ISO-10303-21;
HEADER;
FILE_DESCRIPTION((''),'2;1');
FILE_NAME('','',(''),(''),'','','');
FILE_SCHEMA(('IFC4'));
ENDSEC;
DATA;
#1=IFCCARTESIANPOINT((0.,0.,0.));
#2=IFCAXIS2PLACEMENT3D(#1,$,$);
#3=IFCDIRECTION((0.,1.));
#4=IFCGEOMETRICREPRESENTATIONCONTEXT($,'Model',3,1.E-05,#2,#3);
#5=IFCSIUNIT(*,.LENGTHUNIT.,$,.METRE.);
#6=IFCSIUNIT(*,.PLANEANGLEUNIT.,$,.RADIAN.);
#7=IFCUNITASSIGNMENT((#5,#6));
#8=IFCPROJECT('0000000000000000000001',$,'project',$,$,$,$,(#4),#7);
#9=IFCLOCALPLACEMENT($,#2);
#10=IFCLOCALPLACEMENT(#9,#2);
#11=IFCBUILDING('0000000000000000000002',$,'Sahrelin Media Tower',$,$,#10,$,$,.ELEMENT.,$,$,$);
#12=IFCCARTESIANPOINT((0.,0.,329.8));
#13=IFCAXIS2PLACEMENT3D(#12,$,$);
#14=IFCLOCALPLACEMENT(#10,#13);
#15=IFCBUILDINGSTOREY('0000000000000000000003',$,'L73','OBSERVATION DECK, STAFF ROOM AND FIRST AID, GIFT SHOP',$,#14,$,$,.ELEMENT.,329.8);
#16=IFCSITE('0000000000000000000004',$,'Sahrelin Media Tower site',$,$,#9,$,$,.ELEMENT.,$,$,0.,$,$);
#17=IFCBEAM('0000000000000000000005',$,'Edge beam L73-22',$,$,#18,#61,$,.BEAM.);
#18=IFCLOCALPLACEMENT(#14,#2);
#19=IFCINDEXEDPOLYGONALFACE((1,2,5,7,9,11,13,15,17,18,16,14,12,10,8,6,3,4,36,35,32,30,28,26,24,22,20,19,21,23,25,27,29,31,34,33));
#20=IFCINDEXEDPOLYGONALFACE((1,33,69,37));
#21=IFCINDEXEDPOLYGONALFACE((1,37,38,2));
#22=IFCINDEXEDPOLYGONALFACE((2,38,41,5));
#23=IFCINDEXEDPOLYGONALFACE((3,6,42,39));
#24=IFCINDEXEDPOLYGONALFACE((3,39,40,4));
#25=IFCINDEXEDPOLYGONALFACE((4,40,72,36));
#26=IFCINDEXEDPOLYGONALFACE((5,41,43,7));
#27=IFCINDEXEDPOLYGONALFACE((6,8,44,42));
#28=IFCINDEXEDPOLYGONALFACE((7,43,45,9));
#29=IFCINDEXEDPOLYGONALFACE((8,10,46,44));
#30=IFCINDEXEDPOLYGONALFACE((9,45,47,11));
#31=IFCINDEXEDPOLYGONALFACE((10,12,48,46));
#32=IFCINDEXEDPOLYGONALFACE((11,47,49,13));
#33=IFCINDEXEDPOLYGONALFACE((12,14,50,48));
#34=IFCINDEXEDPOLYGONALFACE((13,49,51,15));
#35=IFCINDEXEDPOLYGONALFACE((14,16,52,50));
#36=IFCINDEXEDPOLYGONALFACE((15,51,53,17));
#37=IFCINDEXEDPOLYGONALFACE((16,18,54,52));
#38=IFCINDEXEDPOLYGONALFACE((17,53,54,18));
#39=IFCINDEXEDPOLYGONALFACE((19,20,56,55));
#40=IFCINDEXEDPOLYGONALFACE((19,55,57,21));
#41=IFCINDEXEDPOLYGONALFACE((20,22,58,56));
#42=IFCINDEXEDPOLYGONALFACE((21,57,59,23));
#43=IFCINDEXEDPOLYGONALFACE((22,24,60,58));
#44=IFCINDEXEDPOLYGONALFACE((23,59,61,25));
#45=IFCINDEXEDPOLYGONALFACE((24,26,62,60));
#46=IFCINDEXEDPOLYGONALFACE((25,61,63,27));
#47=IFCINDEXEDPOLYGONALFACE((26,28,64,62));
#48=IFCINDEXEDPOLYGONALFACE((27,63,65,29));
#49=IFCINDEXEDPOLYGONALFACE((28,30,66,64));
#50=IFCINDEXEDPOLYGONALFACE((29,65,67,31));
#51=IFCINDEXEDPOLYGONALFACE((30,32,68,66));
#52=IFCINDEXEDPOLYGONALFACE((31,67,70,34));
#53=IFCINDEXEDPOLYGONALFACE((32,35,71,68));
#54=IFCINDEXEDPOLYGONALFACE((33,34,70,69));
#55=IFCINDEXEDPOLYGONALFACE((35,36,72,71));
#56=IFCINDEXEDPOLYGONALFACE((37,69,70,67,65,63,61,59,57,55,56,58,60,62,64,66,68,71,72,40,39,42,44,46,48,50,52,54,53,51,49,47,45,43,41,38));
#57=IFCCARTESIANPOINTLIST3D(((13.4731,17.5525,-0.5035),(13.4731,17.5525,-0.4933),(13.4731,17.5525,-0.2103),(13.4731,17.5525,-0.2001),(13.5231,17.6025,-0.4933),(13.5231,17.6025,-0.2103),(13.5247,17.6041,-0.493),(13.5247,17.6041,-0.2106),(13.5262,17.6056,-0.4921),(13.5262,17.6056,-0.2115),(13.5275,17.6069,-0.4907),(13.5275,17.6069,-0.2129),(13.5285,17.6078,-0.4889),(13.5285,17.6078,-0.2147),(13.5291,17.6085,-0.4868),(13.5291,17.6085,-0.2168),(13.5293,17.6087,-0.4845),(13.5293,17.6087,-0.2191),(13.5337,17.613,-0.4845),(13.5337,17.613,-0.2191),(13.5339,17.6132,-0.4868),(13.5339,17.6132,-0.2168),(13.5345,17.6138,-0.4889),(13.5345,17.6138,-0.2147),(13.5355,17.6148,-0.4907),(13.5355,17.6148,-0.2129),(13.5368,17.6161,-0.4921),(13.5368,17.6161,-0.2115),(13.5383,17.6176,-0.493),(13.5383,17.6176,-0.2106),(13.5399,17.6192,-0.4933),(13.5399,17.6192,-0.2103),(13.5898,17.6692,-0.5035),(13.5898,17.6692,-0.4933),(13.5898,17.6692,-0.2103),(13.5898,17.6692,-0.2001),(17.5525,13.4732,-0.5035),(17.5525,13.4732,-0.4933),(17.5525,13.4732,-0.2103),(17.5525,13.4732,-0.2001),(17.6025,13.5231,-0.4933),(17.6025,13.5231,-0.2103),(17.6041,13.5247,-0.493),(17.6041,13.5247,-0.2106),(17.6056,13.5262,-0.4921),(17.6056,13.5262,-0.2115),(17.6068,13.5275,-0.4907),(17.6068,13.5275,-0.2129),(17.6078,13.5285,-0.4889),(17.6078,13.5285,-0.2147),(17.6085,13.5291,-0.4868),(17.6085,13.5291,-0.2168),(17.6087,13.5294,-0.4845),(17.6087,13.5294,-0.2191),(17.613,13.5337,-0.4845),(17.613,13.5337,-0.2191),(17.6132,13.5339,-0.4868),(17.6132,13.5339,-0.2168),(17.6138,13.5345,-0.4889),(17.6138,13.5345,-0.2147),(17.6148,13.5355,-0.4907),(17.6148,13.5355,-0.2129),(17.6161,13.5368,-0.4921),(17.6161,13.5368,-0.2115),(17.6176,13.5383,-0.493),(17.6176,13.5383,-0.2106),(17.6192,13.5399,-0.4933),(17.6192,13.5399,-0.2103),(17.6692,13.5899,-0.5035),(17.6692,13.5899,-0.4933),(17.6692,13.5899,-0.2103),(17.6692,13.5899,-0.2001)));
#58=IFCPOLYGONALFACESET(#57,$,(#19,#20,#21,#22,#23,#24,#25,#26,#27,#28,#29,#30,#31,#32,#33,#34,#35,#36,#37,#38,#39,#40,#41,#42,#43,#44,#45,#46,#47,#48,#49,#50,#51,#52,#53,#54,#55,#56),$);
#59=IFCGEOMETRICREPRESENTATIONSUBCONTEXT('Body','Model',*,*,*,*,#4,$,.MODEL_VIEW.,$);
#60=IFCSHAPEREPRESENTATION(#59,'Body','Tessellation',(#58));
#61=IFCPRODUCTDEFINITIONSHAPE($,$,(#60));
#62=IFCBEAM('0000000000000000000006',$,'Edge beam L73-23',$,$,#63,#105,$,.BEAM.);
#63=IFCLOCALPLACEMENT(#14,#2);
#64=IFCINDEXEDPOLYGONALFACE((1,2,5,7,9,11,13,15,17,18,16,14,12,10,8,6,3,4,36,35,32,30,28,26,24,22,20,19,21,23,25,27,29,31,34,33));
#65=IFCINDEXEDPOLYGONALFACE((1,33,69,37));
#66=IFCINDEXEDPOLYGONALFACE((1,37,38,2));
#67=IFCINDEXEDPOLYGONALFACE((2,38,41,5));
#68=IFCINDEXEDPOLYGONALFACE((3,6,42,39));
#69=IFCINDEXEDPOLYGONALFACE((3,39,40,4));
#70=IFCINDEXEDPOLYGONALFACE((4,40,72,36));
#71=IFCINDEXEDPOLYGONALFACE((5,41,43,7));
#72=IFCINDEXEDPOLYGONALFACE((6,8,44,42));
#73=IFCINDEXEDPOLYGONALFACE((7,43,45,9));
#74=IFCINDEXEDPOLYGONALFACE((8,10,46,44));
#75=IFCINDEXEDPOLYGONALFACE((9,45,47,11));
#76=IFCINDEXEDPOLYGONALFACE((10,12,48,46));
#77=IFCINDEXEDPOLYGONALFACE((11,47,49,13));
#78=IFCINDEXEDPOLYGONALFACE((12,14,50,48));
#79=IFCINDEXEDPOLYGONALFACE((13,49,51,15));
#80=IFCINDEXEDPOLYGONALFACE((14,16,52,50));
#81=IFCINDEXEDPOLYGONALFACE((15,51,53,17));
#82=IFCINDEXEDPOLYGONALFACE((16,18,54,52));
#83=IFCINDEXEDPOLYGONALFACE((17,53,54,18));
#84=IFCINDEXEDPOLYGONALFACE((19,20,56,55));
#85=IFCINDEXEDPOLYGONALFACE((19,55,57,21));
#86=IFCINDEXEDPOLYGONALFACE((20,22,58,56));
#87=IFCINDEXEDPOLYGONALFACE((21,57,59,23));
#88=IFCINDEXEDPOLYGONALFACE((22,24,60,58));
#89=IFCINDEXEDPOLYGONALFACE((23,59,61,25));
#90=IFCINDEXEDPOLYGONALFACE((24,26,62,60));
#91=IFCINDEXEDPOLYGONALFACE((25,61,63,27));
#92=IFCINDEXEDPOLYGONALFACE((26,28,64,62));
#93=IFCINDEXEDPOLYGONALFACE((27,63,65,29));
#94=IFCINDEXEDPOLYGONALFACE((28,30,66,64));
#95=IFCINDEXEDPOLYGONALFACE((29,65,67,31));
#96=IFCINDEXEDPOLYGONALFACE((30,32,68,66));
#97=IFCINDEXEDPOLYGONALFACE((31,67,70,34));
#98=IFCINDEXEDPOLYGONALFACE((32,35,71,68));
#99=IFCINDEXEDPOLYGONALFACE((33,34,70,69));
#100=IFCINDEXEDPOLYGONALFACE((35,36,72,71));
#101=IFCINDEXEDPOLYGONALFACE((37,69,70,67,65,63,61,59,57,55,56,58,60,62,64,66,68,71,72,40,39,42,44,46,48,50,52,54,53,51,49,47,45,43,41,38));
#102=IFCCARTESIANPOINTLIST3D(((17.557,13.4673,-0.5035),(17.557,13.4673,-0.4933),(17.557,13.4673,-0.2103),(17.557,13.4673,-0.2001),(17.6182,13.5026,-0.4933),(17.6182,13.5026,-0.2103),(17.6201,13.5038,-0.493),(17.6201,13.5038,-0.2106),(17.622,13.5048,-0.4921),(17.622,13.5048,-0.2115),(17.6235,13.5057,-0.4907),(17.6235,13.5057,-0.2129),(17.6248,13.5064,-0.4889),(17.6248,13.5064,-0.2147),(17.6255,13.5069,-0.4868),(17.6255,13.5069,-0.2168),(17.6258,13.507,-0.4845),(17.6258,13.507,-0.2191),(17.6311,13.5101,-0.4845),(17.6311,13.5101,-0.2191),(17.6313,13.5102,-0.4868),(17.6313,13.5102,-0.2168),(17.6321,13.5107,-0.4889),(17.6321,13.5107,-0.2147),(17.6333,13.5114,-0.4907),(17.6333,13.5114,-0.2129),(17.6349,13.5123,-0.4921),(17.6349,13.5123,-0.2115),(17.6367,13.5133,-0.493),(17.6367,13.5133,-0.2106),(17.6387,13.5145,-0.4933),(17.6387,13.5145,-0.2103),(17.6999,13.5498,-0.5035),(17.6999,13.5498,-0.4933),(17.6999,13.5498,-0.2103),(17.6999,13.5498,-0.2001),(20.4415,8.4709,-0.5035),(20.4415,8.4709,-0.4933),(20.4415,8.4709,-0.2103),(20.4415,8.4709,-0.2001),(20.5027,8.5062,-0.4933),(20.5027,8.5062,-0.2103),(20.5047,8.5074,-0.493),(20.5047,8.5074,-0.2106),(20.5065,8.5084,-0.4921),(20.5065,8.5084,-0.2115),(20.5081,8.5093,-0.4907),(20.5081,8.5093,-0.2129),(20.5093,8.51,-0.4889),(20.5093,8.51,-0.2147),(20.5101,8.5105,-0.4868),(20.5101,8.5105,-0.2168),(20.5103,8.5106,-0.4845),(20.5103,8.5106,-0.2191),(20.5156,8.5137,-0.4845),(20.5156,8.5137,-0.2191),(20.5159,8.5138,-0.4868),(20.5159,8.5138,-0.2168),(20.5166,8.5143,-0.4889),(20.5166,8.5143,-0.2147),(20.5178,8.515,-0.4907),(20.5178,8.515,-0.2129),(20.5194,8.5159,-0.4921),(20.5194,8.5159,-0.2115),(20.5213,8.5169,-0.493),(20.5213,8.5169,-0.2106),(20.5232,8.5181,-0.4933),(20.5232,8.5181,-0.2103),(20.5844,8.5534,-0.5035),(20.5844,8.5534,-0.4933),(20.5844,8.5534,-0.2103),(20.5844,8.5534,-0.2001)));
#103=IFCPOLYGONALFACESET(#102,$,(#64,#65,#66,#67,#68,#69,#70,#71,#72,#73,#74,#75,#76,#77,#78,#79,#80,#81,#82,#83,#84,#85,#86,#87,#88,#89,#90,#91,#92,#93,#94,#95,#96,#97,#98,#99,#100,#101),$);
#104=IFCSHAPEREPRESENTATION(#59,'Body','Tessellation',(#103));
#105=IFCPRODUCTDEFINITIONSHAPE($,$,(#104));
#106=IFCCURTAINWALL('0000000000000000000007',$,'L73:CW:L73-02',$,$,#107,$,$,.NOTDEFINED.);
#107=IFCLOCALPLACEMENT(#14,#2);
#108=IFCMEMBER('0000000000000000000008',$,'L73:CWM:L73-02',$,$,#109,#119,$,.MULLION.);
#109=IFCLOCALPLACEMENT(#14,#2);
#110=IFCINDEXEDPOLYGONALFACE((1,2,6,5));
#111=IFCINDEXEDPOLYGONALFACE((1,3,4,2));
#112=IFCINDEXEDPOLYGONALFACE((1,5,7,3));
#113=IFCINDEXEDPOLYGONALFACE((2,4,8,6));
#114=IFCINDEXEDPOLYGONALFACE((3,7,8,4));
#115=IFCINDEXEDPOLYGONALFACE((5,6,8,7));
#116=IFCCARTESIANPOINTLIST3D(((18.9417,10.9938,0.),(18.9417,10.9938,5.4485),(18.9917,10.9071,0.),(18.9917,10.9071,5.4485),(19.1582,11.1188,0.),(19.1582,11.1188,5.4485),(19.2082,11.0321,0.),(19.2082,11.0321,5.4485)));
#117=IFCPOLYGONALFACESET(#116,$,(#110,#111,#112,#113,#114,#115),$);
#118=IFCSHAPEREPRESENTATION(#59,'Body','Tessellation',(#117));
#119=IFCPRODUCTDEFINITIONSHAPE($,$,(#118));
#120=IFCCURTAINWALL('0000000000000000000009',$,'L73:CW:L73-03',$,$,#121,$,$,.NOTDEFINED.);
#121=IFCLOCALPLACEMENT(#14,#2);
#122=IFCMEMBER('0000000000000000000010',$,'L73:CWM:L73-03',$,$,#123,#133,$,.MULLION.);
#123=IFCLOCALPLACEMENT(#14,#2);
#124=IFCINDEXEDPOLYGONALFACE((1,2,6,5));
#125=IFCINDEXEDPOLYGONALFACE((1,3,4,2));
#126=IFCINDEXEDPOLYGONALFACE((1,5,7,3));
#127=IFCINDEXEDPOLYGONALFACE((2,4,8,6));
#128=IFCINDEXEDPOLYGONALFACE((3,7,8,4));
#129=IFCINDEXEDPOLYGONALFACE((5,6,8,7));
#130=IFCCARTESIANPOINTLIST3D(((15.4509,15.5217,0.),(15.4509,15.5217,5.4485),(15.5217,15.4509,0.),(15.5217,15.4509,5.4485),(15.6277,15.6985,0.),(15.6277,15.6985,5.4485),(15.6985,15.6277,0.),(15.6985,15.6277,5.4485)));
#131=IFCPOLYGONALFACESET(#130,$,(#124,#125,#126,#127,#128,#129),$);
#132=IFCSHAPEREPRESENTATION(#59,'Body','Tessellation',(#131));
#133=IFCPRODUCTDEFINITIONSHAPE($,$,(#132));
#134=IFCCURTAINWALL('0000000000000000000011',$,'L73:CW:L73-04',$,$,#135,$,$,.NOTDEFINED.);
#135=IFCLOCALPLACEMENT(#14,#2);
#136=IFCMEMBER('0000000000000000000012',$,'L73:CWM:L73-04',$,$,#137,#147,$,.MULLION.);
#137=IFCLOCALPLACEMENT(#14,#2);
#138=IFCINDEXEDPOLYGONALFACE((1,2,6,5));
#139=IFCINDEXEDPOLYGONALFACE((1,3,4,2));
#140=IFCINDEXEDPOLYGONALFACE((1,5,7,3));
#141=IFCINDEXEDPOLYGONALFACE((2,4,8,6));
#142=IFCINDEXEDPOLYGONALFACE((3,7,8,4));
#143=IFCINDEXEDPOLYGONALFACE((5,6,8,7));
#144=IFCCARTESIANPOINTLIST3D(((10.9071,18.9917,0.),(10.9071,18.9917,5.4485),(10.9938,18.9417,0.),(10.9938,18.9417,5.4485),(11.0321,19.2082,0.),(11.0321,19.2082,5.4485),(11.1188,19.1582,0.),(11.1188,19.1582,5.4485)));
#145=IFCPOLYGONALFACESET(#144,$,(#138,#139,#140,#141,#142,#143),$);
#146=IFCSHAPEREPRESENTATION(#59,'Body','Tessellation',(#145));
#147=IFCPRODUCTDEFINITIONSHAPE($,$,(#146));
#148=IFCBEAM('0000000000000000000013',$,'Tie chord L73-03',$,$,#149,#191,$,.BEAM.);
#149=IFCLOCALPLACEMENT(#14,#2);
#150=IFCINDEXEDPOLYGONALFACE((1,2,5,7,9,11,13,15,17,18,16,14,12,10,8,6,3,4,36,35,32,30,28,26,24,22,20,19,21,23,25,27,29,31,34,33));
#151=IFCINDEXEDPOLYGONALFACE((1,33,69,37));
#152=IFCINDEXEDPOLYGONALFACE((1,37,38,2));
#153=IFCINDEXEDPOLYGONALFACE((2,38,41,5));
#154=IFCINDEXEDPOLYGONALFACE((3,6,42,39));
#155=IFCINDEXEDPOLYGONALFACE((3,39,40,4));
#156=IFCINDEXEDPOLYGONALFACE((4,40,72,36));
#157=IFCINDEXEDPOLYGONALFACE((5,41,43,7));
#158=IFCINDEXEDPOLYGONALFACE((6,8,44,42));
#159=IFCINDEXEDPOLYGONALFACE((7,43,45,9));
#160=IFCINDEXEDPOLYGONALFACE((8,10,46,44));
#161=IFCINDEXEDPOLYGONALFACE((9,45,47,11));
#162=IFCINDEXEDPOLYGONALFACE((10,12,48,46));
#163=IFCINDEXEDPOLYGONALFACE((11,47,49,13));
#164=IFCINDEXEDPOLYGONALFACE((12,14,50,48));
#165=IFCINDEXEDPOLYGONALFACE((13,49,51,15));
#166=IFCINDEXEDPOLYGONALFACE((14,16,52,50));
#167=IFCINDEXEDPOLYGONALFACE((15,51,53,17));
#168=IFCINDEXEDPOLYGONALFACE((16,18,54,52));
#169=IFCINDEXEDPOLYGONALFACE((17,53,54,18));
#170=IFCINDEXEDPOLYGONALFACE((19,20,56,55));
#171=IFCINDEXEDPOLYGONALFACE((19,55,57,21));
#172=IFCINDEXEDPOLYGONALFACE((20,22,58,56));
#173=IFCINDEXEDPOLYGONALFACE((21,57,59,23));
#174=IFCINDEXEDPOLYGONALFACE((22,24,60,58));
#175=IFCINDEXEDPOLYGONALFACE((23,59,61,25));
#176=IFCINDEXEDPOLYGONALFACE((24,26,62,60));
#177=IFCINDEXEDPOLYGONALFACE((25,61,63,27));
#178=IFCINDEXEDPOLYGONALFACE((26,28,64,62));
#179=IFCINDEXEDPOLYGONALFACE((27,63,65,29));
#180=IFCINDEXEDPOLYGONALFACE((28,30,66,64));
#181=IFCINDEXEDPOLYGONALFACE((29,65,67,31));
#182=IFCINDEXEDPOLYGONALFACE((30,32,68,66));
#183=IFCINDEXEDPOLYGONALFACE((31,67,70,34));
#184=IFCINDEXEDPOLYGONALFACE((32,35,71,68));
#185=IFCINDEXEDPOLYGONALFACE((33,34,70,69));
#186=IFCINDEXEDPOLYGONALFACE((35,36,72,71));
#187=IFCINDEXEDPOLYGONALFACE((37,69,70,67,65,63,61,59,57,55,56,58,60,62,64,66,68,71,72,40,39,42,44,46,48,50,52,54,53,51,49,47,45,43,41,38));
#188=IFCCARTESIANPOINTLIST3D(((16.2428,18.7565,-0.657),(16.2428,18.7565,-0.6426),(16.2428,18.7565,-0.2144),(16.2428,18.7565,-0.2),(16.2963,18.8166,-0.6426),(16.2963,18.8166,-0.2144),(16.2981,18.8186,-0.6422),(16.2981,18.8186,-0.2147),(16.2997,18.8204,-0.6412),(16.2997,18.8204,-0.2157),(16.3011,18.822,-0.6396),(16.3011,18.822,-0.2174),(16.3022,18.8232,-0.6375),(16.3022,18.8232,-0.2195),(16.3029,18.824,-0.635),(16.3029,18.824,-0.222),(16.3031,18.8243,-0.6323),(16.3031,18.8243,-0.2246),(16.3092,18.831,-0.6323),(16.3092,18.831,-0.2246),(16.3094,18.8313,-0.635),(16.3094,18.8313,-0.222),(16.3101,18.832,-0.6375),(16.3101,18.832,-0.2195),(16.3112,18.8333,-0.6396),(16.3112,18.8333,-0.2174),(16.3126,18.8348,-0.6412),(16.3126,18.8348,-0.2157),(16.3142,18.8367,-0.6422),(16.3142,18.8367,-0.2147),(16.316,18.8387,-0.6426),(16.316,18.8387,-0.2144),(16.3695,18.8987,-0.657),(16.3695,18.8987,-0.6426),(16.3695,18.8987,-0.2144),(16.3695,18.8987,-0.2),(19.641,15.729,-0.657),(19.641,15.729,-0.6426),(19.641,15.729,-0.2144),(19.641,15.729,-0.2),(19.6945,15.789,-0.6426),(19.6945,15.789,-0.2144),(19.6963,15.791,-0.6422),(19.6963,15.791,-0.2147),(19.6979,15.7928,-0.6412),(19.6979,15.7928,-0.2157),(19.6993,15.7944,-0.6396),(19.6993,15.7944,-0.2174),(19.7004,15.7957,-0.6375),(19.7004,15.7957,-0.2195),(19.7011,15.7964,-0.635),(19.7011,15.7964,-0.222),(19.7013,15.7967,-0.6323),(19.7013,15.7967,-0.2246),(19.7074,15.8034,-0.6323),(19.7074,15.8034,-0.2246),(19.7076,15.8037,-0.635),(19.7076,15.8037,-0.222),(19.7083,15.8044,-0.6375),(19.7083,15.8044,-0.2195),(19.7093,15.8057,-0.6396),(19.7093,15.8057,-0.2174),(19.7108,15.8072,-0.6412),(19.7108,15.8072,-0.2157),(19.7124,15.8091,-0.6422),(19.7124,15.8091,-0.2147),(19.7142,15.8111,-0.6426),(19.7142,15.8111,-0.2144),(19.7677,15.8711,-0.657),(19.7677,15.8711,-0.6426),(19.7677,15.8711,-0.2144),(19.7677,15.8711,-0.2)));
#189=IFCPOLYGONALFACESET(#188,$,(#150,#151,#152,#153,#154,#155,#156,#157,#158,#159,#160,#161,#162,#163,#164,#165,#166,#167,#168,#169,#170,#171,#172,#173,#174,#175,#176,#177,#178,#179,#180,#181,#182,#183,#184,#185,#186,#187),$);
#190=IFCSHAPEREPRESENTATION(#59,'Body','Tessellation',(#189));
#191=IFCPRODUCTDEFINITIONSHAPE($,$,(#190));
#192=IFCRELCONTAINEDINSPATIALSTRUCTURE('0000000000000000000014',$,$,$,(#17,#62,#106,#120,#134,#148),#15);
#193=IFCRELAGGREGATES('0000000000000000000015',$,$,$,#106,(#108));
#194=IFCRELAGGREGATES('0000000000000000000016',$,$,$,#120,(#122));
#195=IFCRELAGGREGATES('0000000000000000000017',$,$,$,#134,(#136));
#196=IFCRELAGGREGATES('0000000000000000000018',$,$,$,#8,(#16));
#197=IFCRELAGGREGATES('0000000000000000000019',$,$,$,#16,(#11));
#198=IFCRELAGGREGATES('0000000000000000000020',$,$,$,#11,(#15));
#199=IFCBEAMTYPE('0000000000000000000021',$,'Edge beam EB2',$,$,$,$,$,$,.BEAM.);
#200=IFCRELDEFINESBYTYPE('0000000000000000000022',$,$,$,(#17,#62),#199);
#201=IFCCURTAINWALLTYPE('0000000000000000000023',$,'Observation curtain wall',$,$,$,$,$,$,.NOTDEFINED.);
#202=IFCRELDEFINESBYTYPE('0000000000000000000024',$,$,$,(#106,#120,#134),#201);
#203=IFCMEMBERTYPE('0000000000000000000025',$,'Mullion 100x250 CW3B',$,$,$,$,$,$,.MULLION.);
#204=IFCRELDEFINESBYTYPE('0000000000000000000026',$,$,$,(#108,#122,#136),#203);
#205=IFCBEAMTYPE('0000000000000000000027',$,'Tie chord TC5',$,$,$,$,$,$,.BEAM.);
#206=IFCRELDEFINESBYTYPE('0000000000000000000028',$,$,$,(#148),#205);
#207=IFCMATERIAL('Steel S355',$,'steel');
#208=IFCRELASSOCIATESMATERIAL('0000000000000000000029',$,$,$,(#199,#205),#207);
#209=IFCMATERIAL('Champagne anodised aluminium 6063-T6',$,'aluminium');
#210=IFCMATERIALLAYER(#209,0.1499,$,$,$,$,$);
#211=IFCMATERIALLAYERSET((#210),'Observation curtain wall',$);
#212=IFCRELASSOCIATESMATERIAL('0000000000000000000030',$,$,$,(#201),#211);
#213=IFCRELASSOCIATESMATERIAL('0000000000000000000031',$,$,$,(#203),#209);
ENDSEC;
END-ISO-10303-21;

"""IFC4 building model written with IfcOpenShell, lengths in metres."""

from ifc_helpers import new_model, si_unit, direction, frame, origin, origin_2d, place, context, subcontext, project, spatial, rectangle, i_section, extrude, material, layer, layer_set, material_profile, profile_set, type_object, element, aggregate, save


model = new_model("IFC4")

# Units and contexts
model_context = context("Model", 3, precision=1e-05, world=origin(), true_north=direction((0.0, 1.0)))
body_context = subcontext(model_context, "Body", "Model", "MODEL_VIEW")
ifc_project = project(units=[si_unit("LENGTHUNIT", "METRE"), si_unit("PLANEANGLEUNIT", "RADIAN")], contexts=[model_context])

# Site, building, storey
site_placement = place(None, origin())
site = spatial("IfcSite", under=ifc_project, at=site_placement, Name="Sahrelin Media Tower site", CompositionType="ELEMENT", RefElevation=0.0)
building_placement = place(site_placement, origin())
building = spatial("IfcBuilding", under=site, at=building_placement, Name="Sahrelin Media Tower", CompositionType="ELEMENT")
storey_placement = place(building_placement, frame((0.0, 0.0, 329.8)))
storey = spatial("IfcBuildingStorey", under=building, at=storey_placement, Name="L73", Description="OBSERVATION DECK, STAFF ROOM AND FIRST AID, GIFT SHOP", CompositionType="ELEMENT", Elevation=329.8)

# Beams
ifc_material_1 = material(Name="Steel S355", Category="steel")
ifc_material_profile_1 = material_profile(ifc_material_1, i_section(OverallWidth=0.165, OverallDepth=0.3035, WebThickness=0.0061, FlangeThickness=0.0103, FilletRadius=0.0088, at=origin_2d()), Name="UB 305x165x40")
ifc_profile_set_1 = profile_set([ifc_material_profile_1], Name="Steel S355")
beam_type_1 = type_object("IfcBeamType", Name="Edge beam EB2", PredefinedType="BEAM", material=ifc_profile_set_1)
beam_1_placement = place(storey_placement, frame((13.5315, 17.6108, -0.3518), z_axis=(0.707107, -0.707107, 0.0), x_axis=(0.707107, 0.707107, 0.0)))
element("IfcBeam", 1, at=beam_1_placement, inside=storey, type_object=beam_type_1, Name="Edge beam L73-22", PredefinedType="BEAM", context=body_context, shape_type="SweptSolid", body=[
    extrude(i_section(OverallWidth=0.165, OverallDepth=0.3035, WebThickness=0.0061, FlangeThickness=0.0103, FilletRadius=0.0088, at=origin_2d()), origin(), (0.0, 0.0, 1.0), 5.769),
])
beam_2_placement = place(storey_placement, frame((17.6284, 13.5085, -0.3518), z_axis=(0.499985, -0.866034, 0.0), x_axis=(0.866034, 0.499985, 0.0)))
element("IfcBeam", 2, at=beam_2_placement, inside=storey, type_object=beam_type_1, Name="Edge beam L73-23", PredefinedType="BEAM", context=body_context, shape_type="SweptSolid", body=[
    extrude(i_section(OverallWidth=0.165, OverallDepth=0.3035, WebThickness=0.0061, FlangeThickness=0.0103, FilletRadius=0.0088, at=origin_2d()), origin(), (0.0, 0.0, 1.0), 5.7693),
])

# Curtain walls, members
ifc_material_2 = material(Name="Champagne anodised aluminium 6063-T6", Category="aluminium")
ifc_layer_1 = layer(ifc_material_2, 0.1499)
ifc_layer_set_1 = layer_set([ifc_layer_1], Name="Observation curtain wall")
curtain_wall_type = type_object("IfcCurtainWallType", Name="Observation curtain wall", PredefinedType="NOTDEFINED", material=ifc_layer_set_1)
curtain_wall_1_placement = place(storey_placement, frame((19.2004, 11.0854, 0.0), z_axis=(0.0, 0.0, 1.0), x_axis=(1.0, 0.0, 0.0)))
curtain_wall_1 = element("IfcCurtainWall", 3, at=curtain_wall_1_placement, inside=storey, type_object=curtain_wall_type, Name="L73:CW:L73-02", PredefinedType="NOTDEFINED")
ifc_material_profile_2 = material_profile(ifc_material_2, rectangle(XDim=0.1001, YDim=0.25, at=origin_2d()), Name="Mullion 100x250")
ifc_profile_set_2 = profile_set([ifc_material_profile_2], Name="Champagne anodised aluminium 6063-T6")
member_type_1 = type_object("IfcMemberType", Name="Mullion 100x250 CW3B", PredefinedType="MULLION", material=ifc_profile_set_2)
member_1_placement = place(storey_placement, frame((19.075, 11.0129, 0.0), z_axis=(0.0, 0.0, 1.0), x_axis=(-0.499994, 0.866029, 0.0)))
member_1 = element("IfcMember", 4, at=member_1_placement, type_object=member_type_1, Name="L73:CWM:L73-02", PredefinedType="MULLION", context=body_context, shape_type="SweptSolid", body=[
    extrude(rectangle(XDim=0.1001, YDim=0.25, at=origin_2d()), origin(), (0.0, 0.0, 1.0), 5.4485),
])
curtain_wall_2_placement = place(storey_placement, frame((15.6772, 15.6772, 0.0), z_axis=(0.0, 0.0, 1.0), x_axis=(1.0, 0.0, 0.0)))
curtain_wall_2 = element("IfcCurtainWall", 5, at=curtain_wall_2_placement, inside=storey, type_object=curtain_wall_type, Name="L73:CW:L73-03", PredefinedType="NOTDEFINED")
member_2_placement = place(storey_placement, frame((15.5747, 15.5747, 0.0), z_axis=(0.0, 0.0, 1.0), x_axis=(-0.707107, 0.707107, 0.0)))
member_2 = element("IfcMember", 6, at=member_2_placement, type_object=member_type_1, Name="L73:CWM:L73-03", PredefinedType="MULLION", context=body_context, shape_type="SweptSolid", body=[
    extrude(rectangle(XDim=0.1001, YDim=0.25, at=origin_2d()), origin(), (0.0, 0.0, 1.0), 5.4485),
])
curtain_wall_3_placement = place(storey_placement, frame((11.0854, 19.2004, 0.0), z_axis=(0.0, 0.0, 1.0), x_axis=(1.0, 0.0, 0.0)))
curtain_wall_3 = element("IfcCurtainWall", 7, at=curtain_wall_3_placement, inside=storey, type_object=curtain_wall_type, Name="L73:CW:L73-04", PredefinedType="NOTDEFINED")
member_3_placement = place(storey_placement, frame((11.0129, 19.075, 0.0), z_axis=(0.0, 0.0, 1.0), x_axis=(-0.866029, 0.499994, 0.0)))
member_3 = element("IfcMember", 8, at=member_3_placement, type_object=member_type_1, Name="L73:CWM:L73-04", PredefinedType="MULLION", context=body_context, shape_type="SweptSolid", body=[
    extrude(rectangle(XDim=0.1001, YDim=0.25, at=origin_2d()), origin(), (0.0, 0.0, 1.0), 5.4485),
])

# Beam
ifc_material_profile_3 = material_profile(ifc_material_1, i_section(OverallWidth=0.1904, OverallDepth=0.457, WebThickness=0.009, FlangeThickness=0.0144, FilletRadius=0.0103, at=origin_2d()), Name="UB 457x191x74")
ifc_profile_set_3 = profile_set([ifc_material_profile_3], Name="Steel S355")
beam_type_2 = type_object("IfcBeamType", Name="Tie chord TC5", PredefinedType="BEAM", material=ifc_profile_set_3)
beam_3_placement = place(storey_placement, frame((19.7043, 15.8, -0.4285), z_axis=(-0.746648, 0.665219, 0.0), x_axis=(-0.665219, -0.746648, 0.0)))
element("IfcBeam", 9, at=beam_3_placement, inside=storey, type_object=beam_type_2, Name="Tie chord L73-03", PredefinedType="BEAM", context=body_context, shape_type="SweptSolid", body=[
    extrude(i_section(OverallWidth=0.1904, OverallDepth=0.457, WebThickness=0.009, FlangeThickness=0.0144, FilletRadius=0.0103, at=origin_2d()), origin(), (0.0, 0.0, 1.0), 4.5513),
])

aggregate(curtain_wall_1, [member_1])
aggregate(curtain_wall_2, [member_2])
aggregate(curtain_wall_3, [member_3])

save(model, "model.ifc")
